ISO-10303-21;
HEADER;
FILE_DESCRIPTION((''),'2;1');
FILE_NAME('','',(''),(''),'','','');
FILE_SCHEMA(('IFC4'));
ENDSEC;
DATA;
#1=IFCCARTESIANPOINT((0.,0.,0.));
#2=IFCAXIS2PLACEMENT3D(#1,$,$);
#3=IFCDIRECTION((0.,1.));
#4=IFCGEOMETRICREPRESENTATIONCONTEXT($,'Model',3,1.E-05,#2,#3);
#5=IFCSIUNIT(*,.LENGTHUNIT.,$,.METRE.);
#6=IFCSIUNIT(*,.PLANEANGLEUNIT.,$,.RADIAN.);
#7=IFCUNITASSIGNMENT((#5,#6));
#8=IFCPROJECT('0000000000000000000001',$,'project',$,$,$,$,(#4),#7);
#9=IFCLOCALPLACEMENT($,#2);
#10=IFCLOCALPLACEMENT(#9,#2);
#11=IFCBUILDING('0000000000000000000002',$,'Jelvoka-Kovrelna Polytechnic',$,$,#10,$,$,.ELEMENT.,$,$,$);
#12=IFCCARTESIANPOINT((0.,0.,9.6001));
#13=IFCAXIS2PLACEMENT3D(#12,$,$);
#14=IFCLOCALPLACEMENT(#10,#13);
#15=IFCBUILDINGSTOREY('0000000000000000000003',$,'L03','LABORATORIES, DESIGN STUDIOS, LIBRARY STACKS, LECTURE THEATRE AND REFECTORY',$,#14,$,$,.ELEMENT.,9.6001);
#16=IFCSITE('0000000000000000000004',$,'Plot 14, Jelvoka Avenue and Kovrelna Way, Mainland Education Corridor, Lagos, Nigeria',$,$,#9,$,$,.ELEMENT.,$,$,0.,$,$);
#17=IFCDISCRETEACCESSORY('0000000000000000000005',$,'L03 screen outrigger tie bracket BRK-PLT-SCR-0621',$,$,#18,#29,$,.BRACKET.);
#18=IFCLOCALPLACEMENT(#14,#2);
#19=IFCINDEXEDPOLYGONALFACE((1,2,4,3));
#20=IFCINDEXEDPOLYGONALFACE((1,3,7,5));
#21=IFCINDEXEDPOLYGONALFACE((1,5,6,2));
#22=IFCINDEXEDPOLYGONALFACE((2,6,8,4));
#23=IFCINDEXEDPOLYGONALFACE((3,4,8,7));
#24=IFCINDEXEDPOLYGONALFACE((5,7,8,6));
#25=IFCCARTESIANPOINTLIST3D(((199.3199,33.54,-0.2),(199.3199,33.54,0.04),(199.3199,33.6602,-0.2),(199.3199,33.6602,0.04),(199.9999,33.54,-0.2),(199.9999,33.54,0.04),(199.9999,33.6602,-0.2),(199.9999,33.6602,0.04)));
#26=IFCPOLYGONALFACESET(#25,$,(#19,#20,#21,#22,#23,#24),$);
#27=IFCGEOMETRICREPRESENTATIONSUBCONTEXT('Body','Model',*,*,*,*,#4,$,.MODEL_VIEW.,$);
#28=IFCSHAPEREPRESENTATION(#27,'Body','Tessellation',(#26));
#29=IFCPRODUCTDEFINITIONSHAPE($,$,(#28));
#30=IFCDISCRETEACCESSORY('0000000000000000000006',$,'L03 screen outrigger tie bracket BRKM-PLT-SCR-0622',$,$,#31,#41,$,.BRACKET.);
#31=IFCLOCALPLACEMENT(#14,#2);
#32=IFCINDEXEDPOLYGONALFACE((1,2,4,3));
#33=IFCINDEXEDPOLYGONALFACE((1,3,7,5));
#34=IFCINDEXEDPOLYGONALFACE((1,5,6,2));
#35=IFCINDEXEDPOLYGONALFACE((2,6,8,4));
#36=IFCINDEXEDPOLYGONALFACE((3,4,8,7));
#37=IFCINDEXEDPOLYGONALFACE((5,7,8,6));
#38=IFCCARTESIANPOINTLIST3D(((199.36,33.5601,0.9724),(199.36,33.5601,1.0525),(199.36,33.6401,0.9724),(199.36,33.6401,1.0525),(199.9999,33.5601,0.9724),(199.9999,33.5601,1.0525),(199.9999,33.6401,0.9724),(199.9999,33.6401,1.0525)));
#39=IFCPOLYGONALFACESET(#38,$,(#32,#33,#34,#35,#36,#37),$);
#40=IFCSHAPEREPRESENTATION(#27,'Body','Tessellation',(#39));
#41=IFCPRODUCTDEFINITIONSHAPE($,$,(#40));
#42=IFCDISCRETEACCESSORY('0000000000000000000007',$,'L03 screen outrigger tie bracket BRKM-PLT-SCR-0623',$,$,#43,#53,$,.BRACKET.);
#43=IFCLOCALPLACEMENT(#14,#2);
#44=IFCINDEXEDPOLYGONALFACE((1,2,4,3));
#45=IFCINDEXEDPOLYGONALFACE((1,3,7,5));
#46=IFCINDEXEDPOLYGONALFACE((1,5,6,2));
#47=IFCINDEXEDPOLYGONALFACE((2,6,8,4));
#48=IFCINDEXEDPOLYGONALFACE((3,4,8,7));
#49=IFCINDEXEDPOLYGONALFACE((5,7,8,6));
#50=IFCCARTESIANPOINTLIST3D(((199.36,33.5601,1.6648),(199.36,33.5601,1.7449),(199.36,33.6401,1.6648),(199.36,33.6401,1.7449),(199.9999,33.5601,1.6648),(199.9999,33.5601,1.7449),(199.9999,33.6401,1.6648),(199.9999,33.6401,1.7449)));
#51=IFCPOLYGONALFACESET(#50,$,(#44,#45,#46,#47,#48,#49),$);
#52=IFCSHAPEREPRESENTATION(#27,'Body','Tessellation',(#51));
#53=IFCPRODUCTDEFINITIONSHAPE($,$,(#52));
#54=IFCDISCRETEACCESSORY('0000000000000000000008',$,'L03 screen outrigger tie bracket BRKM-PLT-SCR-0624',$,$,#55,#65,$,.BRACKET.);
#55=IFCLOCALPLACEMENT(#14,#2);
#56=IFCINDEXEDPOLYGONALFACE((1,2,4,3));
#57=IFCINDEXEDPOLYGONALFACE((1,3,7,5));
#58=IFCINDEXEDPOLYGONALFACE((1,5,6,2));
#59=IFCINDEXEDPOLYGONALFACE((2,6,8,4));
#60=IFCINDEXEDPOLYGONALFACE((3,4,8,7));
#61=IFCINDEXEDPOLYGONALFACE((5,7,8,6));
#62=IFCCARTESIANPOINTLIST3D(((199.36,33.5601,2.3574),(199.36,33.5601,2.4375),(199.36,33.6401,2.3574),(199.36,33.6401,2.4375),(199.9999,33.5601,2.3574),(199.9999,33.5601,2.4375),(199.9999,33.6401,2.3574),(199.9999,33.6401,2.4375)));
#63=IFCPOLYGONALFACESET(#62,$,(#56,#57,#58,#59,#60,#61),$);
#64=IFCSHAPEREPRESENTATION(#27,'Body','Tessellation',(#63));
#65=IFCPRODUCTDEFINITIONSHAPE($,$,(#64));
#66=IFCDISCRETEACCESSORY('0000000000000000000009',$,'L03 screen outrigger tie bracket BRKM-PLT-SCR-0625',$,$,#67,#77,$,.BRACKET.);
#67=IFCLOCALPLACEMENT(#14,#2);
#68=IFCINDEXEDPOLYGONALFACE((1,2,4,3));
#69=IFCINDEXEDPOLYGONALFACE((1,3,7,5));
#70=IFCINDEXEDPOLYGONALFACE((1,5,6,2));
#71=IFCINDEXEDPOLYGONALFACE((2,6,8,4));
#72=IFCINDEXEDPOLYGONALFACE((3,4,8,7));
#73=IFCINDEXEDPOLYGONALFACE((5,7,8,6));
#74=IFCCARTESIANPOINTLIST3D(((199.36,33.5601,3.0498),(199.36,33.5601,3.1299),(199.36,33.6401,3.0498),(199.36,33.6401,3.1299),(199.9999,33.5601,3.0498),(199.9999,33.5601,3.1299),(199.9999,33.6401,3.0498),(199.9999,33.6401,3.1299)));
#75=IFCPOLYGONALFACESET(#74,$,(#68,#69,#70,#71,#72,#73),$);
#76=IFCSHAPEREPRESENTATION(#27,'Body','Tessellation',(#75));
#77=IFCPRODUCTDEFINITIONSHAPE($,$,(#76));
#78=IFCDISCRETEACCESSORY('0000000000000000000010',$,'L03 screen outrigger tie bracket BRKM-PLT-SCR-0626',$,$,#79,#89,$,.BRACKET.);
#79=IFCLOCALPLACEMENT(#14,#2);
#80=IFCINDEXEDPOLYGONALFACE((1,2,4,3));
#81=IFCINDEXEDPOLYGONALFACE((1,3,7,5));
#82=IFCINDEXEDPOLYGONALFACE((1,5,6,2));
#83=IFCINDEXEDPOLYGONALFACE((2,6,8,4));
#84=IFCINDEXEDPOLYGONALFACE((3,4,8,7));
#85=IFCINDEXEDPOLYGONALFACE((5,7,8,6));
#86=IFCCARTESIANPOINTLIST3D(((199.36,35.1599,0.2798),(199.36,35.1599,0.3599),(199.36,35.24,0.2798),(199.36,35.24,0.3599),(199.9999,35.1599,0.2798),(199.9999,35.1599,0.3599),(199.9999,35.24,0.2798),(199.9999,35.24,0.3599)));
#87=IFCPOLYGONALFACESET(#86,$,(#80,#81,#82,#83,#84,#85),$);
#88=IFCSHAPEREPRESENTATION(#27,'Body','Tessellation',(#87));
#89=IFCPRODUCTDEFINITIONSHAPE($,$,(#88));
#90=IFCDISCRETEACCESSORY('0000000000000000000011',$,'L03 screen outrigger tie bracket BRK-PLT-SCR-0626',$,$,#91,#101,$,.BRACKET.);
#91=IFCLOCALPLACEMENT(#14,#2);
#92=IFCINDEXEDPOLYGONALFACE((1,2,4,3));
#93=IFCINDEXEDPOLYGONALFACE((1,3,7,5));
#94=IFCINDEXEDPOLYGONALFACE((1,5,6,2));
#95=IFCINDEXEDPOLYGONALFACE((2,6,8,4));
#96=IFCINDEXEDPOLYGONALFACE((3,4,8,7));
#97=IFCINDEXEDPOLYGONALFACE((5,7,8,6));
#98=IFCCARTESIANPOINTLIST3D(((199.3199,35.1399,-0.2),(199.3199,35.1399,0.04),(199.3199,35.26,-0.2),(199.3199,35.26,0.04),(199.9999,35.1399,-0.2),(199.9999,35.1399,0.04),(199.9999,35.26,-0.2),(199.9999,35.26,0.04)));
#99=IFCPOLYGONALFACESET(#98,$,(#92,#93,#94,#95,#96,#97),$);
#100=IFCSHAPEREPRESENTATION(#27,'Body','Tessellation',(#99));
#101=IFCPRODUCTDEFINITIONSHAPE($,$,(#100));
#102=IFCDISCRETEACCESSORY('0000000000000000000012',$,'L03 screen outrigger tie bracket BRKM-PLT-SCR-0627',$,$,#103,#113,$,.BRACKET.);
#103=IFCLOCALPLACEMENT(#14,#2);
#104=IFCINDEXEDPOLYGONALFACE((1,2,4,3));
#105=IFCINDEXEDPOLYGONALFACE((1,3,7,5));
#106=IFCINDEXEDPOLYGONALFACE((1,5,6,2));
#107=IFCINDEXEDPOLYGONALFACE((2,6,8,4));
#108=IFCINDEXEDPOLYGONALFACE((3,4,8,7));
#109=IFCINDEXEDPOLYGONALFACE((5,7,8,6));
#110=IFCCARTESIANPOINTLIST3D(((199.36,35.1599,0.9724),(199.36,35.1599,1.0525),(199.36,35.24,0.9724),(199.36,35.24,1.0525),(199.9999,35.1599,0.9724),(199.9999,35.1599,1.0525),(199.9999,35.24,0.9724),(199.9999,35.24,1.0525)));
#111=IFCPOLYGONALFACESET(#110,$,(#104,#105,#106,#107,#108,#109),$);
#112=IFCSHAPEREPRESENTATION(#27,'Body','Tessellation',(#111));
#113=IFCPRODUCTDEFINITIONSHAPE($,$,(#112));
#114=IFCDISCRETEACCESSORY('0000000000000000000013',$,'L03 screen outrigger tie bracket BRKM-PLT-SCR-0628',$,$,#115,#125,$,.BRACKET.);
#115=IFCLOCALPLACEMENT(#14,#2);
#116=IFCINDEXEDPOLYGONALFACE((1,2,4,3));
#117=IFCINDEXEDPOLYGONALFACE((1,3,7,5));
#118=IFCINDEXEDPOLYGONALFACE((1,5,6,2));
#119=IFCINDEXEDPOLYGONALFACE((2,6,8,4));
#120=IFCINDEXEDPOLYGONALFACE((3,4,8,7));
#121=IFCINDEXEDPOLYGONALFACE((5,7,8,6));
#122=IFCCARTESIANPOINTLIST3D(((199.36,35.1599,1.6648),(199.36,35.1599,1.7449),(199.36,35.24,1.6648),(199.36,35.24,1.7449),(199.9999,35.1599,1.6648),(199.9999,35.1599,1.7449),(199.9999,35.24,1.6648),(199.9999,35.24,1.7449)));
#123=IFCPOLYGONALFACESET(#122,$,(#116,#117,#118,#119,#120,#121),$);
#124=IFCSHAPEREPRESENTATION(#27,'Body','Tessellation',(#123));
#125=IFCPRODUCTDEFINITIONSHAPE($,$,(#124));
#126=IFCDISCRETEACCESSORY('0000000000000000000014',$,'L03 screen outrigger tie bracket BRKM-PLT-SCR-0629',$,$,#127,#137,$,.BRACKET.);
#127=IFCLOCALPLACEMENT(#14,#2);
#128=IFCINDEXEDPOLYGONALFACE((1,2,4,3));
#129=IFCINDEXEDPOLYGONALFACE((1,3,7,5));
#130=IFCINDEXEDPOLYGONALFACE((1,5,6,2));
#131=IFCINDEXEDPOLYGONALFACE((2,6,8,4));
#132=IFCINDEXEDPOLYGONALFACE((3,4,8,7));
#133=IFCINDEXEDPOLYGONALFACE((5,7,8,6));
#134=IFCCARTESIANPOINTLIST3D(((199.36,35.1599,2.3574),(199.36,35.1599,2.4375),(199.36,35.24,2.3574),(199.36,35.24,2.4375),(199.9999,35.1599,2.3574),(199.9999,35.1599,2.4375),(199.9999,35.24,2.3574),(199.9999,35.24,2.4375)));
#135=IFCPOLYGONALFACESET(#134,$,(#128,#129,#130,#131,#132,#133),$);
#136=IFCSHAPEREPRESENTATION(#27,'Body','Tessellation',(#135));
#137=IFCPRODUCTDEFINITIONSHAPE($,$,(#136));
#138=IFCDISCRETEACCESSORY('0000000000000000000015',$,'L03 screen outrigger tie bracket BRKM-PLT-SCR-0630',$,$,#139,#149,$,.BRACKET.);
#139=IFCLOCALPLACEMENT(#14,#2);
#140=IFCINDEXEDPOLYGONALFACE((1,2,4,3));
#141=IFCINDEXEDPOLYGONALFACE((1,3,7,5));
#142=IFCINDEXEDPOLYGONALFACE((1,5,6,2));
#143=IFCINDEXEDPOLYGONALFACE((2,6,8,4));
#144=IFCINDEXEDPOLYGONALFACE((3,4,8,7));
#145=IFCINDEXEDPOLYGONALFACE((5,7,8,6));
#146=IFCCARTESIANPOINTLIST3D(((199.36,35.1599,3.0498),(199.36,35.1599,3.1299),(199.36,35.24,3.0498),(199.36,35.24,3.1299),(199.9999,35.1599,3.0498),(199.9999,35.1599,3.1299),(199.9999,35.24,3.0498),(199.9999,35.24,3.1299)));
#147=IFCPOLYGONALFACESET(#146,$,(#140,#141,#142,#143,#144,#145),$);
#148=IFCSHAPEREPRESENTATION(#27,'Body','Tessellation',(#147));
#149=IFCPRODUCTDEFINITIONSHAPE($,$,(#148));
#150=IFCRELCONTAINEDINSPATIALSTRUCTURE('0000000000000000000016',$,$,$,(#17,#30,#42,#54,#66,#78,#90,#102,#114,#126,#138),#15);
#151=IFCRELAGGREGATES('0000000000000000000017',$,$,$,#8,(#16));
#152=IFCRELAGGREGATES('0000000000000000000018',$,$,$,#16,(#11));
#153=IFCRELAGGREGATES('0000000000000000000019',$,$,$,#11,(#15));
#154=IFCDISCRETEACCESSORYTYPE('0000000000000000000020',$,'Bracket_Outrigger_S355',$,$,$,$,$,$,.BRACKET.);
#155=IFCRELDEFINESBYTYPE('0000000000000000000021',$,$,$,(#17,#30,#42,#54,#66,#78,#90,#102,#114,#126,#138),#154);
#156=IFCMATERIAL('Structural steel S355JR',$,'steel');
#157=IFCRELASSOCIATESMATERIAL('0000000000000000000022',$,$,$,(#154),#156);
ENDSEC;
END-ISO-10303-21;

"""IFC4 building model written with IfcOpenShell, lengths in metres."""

from ifc_helpers import new_model, si_unit, direction, frame, origin, origin_2d, place, context, subcontext, project, spatial, rectangle, extrude, material, type_object, element, save


model = new_model("IFC4")

# Units and contexts
model_context = context("Model", 3, precision=1e-05, world=origin(), true_north=direction((0.0, 1.0)))
body_context = subcontext(model_context, "Body", "Model", "MODEL_VIEW")
ifc_project = project(units=[si_unit("LENGTHUNIT", "METRE"), si_unit("PLANEANGLEUNIT", "RADIAN")], contexts=[model_context])

# Site, building, storey
site_placement = place(None, origin())
site = spatial("IfcSite", under=ifc_project, at=site_placement, Name="Plot 14, Jelvoka Avenue and Kovrelna Way, Mainland Education Corridor, Lagos, Nigeria", CompositionType="ELEMENT", RefElevation=0.0)
building_placement = place(site_placement, origin())
building = spatial("IfcBuilding", under=site, at=building_placement, Name="Jelvoka-Kovrelna Polytechnic", CompositionType="ELEMENT")
storey_placement = place(building_placement, frame((0.0, 0.0, 9.6001)))
storey = spatial("IfcBuildingStorey", under=building, at=storey_placement, Name="L03", Description="LABORATORIES, DESIGN STUDIOS, LIBRARY STACKS, LECTURE THEATRE AND REFECTORY", CompositionType="ELEMENT", Elevation=9.6001)

# Discrete accessories
ifc_material_1 = material(Name="Structural steel S355JR", Category="steel")
discrete_accessory_type = type_object("IfcDiscreteAccessoryType", Name="Bracket_Outrigger_S355", PredefinedType="BRACKET", material=ifc_material_1)
discrete_accessory_1_placement = place(storey_placement, frame((199.6599, 33.6001, -0.2), z_axis=(0.0, 0.0, 1.0), x_axis=(1.0, 0.0, 0.0)))
element("IfcDiscreteAccessory", 1, at=discrete_accessory_1_placement, inside=storey, type_object=discrete_accessory_type, Name="L03 screen outrigger tie bracket BRK-PLT-SCR-0621", PredefinedType="BRACKET", context=body_context, shape_type="SweptSolid", body=[
    extrude(rectangle(XDim=0.6799, YDim=0.1201, at=origin_2d()), origin(), (0.0, 0.0, 1.0), 0.24),
])
for number, where, z_axis, x_axis, name in (
    (2, (199.6799, 33.6001, 0.9724), (0.0, 0.0, 1.0), (1.0, 0.0, 0.0), "L03 screen outrigger tie bracket BRKM-PLT-SCR-0622"),
    (3, (199.6799, 33.6001, 1.6648), (0.0, 0.0, 1.0), (1.0, 0.0, 0.0), "L03 screen outrigger tie bracket BRKM-PLT-SCR-0623"),
    (4, (199.6799, 33.6001, 2.3574), (0.0, 0.0, 1.0), (1.0, 0.0, 0.0), "L03 screen outrigger tie bracket BRKM-PLT-SCR-0624"),
    (5, (199.6799, 33.6001, 3.0498), (0.0, 0.0, 1.0), (1.0, 0.0, 0.0), "L03 screen outrigger tie bracket BRKM-PLT-SCR-0625"),
    (6, (199.6799, 35.2, 0.2798), (0.0, 0.0, 1.0), (1.0, 0.0, 0.0), "L03 screen outrigger tie bracket BRKM-PLT-SCR-0626"),
):
    element("IfcDiscreteAccessory", number, at=place(storey_placement, frame(where, z_axis=z_axis, x_axis=x_axis)), inside=storey, type_object=discrete_accessory_type, Name=name, PredefinedType="BRACKET", context=body_context, shape_type="SweptSolid", body=[
        extrude(rectangle(XDim=0.6399, YDim=0.0801, at=origin_2d()), origin(), (0.0, 0.0, 1.0), 0.0801),
    ])
discrete_accessory_2_placement = place(storey_placement, frame((199.6599, 35.2, -0.2), z_axis=(0.0, 0.0, 1.0), x_axis=(1.0, 0.0, 0.0)))
element("IfcDiscreteAccessory", 7, at=discrete_accessory_2_placement, inside=storey, type_object=discrete_accessory_type, Name="L03 screen outrigger tie bracket BRK-PLT-SCR-0626", PredefinedType="BRACKET", context=body_context, shape_type="SweptSolid", body=[
    extrude(rectangle(XDim=0.6799, YDim=0.1201, at=origin_2d()), origin(), (0.0, 0.0, 1.0), 0.24),
])
for number, where, z_axis, x_axis, name in (
    (8, (199.6799, 35.2, 0.9724), (0.0, 0.0, 1.0), (1.0, 0.0, 0.0), "L03 screen outrigger tie bracket BRKM-PLT-SCR-0627"),
    (9, (199.6799, 35.2, 1.6648), (0.0, 0.0, 1.0), (1.0, 0.0, 0.0), "L03 screen outrigger tie bracket BRKM-PLT-SCR-0628"),
    (10, (199.6799, 35.2, 2.3574), (0.0, 0.0, 1.0), (1.0, 0.0, 0.0), "L03 screen outrigger tie bracket BRKM-PLT-SCR-0629"),
    (11, (199.6799, 35.2, 3.0498), (0.0, 0.0, 1.0), (1.0, 0.0, 0.0), "L03 screen outrigger tie bracket BRKM-PLT-SCR-0630"),
):
    element("IfcDiscreteAccessory", number, at=place(storey_placement, frame(where, z_axis=z_axis, x_axis=x_axis)), inside=storey, type_object=discrete_accessory_type, Name=name, PredefinedType="BRACKET", context=body_context, shape_type="SweptSolid", body=[
        extrude(rectangle(XDim=0.6399, YDim=0.0801, at=origin_2d()), origin(), (0.0, 0.0, 1.0), 0.0801),
    ])

save(model, "model.ifc")
